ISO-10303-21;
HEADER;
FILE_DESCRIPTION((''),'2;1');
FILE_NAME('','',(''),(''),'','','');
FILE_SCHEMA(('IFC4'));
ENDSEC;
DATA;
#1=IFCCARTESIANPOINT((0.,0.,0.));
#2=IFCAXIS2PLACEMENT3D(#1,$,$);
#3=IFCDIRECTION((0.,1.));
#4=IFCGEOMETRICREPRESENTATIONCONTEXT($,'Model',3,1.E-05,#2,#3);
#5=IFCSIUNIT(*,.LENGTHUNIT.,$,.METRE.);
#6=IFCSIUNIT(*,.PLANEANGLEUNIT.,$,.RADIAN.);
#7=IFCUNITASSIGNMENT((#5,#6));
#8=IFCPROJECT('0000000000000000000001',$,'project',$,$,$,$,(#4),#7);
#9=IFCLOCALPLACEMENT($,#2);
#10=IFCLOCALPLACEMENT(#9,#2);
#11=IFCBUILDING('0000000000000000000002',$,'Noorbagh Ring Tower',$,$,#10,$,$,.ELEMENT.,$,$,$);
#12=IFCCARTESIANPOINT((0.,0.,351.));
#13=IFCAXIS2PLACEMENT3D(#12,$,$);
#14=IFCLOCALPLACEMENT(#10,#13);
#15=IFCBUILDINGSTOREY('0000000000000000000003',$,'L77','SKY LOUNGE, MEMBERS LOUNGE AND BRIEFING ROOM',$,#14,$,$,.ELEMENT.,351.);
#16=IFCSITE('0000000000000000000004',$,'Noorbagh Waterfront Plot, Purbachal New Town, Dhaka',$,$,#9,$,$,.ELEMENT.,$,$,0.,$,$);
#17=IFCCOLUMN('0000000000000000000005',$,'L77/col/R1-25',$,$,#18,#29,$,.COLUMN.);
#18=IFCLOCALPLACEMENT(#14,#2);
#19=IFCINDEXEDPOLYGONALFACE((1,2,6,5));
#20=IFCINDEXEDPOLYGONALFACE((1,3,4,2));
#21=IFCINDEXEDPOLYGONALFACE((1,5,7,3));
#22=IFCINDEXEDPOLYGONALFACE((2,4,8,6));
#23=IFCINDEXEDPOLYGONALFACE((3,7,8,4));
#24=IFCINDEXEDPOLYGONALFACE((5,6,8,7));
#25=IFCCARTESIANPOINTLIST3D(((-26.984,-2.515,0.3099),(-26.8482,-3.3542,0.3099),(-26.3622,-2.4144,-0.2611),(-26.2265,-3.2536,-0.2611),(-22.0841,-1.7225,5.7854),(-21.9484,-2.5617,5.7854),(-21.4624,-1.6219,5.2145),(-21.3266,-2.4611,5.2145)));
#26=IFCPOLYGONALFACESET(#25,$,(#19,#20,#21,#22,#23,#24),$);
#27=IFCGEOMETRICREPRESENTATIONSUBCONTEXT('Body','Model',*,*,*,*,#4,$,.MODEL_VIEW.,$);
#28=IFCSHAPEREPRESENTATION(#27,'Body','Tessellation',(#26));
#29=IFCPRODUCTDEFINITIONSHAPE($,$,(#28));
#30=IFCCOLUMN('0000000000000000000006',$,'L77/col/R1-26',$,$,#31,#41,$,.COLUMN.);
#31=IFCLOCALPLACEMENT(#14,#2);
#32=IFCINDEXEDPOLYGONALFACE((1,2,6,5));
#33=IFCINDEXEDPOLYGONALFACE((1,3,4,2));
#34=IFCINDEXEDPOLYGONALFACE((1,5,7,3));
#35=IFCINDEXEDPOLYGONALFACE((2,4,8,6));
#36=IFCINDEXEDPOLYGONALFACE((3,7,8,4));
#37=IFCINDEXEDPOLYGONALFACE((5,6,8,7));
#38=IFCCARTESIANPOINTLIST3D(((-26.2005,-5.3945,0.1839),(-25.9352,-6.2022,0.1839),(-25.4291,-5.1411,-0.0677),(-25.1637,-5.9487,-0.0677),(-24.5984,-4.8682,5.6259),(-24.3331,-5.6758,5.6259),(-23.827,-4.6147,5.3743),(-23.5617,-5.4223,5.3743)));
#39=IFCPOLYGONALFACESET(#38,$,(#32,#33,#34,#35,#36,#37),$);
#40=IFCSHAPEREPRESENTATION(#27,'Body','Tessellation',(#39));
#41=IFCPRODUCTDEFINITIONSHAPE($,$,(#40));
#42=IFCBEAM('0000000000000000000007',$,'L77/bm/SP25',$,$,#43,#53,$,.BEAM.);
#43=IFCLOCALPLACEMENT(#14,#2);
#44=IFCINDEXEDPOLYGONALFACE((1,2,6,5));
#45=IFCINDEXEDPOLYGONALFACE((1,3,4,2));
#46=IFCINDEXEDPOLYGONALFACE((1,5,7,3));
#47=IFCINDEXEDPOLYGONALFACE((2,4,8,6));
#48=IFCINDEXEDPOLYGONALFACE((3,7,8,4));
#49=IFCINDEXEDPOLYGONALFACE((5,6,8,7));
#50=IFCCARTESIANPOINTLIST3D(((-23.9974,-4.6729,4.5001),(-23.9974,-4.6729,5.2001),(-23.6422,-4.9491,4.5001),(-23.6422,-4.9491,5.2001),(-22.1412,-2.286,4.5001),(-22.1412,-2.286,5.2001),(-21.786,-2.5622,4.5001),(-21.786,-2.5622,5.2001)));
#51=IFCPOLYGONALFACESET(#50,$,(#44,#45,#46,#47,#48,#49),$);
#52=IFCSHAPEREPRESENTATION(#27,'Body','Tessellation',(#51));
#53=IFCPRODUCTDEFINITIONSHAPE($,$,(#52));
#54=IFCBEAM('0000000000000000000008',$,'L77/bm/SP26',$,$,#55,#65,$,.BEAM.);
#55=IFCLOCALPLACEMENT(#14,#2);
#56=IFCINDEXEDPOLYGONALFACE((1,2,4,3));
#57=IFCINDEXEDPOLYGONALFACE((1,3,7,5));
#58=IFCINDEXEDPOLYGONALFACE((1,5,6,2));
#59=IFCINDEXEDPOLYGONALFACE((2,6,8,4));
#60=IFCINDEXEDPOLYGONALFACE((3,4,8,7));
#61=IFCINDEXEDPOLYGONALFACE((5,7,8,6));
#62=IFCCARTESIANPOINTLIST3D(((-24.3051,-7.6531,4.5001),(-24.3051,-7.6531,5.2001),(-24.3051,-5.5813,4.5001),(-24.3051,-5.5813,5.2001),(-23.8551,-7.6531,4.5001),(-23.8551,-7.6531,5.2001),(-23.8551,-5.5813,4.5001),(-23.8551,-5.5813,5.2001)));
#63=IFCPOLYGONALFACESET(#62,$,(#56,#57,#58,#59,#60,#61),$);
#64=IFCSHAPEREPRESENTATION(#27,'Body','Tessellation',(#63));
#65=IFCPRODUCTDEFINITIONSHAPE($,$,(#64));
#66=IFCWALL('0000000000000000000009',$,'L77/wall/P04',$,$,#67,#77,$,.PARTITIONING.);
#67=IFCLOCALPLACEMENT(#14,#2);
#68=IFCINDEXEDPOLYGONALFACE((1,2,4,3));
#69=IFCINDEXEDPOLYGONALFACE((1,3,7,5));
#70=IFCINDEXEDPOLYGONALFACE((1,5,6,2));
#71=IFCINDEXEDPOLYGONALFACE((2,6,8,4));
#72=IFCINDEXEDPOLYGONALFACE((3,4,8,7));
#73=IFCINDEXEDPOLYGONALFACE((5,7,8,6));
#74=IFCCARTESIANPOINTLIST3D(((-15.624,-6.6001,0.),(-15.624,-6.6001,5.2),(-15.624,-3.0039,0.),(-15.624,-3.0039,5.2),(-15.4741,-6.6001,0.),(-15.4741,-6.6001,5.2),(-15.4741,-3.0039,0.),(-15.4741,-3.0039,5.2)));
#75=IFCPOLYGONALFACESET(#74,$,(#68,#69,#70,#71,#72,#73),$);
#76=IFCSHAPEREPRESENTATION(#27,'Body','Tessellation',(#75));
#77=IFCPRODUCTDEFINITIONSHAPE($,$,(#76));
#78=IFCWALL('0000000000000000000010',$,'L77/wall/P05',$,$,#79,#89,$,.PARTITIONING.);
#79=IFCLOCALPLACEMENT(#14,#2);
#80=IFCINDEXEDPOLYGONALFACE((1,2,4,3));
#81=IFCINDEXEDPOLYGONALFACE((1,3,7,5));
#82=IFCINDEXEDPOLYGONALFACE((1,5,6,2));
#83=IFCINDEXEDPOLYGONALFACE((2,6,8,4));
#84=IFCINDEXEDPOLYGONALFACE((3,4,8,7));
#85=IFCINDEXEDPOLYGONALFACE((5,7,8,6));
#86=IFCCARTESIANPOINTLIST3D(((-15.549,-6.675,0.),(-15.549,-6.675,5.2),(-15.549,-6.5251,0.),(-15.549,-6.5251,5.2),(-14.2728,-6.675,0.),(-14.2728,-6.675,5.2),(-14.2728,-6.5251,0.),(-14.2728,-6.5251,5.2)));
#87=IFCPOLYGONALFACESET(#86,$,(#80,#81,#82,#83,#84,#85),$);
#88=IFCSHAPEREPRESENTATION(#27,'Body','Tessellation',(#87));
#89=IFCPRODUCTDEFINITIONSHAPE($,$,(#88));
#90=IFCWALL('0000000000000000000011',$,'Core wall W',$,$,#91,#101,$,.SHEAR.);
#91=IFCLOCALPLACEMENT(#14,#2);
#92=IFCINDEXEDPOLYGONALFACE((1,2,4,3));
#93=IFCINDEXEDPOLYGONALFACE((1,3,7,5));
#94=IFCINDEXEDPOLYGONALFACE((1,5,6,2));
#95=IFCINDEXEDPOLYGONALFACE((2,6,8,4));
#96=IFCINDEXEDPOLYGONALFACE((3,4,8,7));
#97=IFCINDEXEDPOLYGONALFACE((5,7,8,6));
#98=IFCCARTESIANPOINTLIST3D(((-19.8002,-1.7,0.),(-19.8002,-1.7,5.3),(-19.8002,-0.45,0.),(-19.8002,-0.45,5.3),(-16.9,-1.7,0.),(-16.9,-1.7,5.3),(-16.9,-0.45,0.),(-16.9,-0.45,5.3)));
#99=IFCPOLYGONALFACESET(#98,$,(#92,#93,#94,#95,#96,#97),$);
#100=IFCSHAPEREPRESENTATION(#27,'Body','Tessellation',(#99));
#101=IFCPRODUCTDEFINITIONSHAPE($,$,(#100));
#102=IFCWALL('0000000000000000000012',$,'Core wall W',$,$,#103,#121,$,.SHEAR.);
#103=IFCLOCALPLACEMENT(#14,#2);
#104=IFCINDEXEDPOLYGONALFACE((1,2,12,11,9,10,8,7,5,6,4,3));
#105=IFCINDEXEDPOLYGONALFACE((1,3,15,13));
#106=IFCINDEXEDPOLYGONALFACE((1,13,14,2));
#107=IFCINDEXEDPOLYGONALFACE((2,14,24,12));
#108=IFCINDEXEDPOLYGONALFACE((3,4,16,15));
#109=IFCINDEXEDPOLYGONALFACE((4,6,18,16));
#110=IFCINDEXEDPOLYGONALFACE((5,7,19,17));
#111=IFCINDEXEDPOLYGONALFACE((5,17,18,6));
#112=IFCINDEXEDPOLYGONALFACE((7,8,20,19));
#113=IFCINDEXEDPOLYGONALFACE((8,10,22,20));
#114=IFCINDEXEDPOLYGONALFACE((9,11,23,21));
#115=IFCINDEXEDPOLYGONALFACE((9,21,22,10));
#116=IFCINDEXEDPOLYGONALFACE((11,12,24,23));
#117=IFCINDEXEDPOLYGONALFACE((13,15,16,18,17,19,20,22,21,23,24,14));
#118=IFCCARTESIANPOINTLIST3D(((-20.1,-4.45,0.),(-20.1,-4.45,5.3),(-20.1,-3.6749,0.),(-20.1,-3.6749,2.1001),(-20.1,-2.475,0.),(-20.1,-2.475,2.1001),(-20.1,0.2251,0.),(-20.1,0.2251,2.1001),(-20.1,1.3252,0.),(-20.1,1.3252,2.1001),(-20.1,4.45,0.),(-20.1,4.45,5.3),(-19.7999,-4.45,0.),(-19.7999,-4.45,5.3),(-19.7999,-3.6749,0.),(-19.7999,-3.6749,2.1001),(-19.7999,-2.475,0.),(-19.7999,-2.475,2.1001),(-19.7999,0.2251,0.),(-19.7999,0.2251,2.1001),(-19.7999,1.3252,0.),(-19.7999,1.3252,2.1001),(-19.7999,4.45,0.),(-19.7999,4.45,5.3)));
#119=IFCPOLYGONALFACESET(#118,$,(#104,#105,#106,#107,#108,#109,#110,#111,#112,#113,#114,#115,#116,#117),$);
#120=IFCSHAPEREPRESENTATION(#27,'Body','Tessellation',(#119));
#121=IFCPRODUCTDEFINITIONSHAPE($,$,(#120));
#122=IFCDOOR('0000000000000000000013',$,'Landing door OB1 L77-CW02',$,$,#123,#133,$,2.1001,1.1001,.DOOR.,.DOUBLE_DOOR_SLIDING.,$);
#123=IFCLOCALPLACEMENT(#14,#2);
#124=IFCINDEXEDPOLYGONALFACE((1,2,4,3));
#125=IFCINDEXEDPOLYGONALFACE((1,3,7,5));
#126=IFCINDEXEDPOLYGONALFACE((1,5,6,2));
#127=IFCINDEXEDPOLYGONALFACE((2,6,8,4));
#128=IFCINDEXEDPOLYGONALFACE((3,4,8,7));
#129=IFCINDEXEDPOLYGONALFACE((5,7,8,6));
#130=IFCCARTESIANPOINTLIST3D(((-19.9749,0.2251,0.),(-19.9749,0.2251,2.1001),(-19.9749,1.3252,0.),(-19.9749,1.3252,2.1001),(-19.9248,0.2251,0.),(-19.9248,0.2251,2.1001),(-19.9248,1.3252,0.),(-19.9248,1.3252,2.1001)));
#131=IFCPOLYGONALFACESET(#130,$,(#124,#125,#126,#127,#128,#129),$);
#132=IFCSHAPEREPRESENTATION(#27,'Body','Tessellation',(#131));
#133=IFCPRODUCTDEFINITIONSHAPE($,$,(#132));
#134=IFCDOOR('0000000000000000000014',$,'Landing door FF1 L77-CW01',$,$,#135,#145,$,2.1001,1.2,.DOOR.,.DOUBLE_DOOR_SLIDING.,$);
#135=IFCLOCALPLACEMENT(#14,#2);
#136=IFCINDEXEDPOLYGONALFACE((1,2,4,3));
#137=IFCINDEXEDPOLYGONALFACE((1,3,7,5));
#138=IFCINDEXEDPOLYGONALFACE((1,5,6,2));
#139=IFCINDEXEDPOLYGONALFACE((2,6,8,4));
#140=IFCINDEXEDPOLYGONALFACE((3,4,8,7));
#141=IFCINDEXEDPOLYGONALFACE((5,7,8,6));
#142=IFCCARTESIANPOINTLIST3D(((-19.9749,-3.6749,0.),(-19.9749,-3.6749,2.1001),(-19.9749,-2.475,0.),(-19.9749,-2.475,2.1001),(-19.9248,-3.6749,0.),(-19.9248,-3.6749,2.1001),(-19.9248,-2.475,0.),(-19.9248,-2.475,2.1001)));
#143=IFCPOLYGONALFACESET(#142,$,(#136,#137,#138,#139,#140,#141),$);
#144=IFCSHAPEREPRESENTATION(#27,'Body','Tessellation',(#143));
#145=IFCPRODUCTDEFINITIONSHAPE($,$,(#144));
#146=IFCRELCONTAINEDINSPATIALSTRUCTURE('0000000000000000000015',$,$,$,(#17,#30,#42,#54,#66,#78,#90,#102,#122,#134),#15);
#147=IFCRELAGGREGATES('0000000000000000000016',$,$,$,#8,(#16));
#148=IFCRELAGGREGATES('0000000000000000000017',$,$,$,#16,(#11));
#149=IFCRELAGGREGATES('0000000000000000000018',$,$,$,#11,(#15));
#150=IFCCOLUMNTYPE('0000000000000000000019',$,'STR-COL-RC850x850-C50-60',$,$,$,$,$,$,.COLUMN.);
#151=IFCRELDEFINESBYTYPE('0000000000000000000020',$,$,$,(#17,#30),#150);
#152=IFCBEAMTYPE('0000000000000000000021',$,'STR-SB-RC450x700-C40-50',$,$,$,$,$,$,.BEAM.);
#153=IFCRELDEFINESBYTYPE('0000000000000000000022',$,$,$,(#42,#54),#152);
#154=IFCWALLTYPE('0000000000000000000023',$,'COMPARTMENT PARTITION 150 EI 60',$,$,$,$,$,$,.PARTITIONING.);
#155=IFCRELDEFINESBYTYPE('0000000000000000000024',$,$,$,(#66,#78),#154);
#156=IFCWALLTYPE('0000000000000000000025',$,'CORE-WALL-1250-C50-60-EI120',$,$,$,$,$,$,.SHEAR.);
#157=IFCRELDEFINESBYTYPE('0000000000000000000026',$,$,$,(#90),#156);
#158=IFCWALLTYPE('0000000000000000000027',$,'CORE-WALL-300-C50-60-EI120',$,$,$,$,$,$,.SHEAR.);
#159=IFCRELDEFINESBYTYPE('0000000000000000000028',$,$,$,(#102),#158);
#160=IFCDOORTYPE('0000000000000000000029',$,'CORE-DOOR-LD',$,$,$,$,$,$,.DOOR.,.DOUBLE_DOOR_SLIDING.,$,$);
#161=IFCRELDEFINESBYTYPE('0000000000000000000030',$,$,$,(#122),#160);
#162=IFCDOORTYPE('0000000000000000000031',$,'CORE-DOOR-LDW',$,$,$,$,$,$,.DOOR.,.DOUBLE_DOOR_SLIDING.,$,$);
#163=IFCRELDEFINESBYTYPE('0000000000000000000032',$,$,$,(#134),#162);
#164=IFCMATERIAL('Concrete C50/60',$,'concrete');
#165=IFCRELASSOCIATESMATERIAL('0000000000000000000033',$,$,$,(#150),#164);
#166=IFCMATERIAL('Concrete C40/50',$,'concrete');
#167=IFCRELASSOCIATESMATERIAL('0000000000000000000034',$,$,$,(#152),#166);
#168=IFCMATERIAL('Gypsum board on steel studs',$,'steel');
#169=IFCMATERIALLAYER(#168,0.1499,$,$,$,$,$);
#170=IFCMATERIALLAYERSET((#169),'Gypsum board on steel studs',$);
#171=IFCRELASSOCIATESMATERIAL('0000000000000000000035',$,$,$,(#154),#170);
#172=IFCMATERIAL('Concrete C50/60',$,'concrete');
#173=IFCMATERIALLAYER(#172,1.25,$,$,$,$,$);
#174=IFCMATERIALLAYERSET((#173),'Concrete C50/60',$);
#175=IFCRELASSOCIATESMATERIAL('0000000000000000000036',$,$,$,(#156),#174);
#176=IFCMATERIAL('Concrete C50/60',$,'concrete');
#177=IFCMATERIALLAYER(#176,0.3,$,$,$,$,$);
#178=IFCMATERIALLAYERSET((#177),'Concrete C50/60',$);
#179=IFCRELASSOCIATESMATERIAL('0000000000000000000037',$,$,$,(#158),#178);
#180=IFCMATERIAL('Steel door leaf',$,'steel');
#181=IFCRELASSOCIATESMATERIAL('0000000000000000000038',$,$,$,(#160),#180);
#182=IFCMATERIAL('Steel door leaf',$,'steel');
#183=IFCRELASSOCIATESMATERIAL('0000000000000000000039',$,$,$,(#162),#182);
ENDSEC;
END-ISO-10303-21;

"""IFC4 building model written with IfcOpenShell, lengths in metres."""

from ifc_helpers import new_model, si_unit, direction, frame, frame_2d, origin, origin_2d, place, context, subcontext, project, spatial, rectangle, extrude, material, layer, layer_set, material_profile, profile_set, type_object, element, fill, save


model = new_model("IFC4")

# Units and contexts
model_context = context("Model", 3, precision=1e-05, world=origin(), true_north=direction((0.0, 1.0)))
body_context = subcontext(model_context, "Body", "Model", "MODEL_VIEW")
ifc_project = project(units=[si_unit("LENGTHUNIT", "METRE"), si_unit("PLANEANGLEUNIT", "RADIAN")], contexts=[model_context])

# Site, building, storey
site_placement = place(None, origin())
site = spatial("IfcSite", under=ifc_project, at=site_placement, Name="Noorbagh Waterfront Plot, Purbachal New Town, Dhaka", CompositionType="ELEMENT", RefElevation=0.0)
building_placement = place(site_placement, origin())
building = spatial("IfcBuilding", under=site, at=building_placement, Name="Noorbagh Ring Tower", CompositionType="ELEMENT")
storey_placement = place(building_placement, frame((0.0, 0.0, 351.0)))
storey = spatial("IfcBuildingStorey", under=building, at=storey_placement, Name="L77", Description="SKY LOUNGE, MEMBERS LOUNGE AND BRIEFING ROOM", CompositionType="ELEMENT", Elevation=351.0)

# Columns
ifc_material_1 = material(Name="Concrete C50/60", Category="concrete")
ifc_material_profile_1 = material_profile(ifc_material_1, rectangle(XDim=0.8501, YDim=0.8501, at=origin_2d()), Name="RC850x850")
ifc_profile_set_1 = profile_set([ifc_material_profile_1], Name="Concrete C50/60")
column_type = type_object("IfcColumnType", Name="STR-COL-RC850x850-C50-60", PredefinedType="COLUMN", material=ifc_profile_set_1)
column_1_placement = place(storey_placement, frame((-26.6052, -2.8843, 0.0244), z_axis=(0.663002, 0.10723, 0.740898), x_axis=(-0.159659, 0.987172, 0.0)))
element("IfcColumn", 1, at=column_1_placement, inside=storey, type_object=column_type, Name="L77/col/R1-25", PredefinedType="COLUMN", context=body_context, shape_type="SweptSolid", body=[
    extrude(rectangle(XDim=0.8501, YDim=0.8501, at=origin_2d()), origin(), (0.0, 0.0, 1.0), 7.3904),
])
column_2_placement = place(storey_placement, frame((-25.6821, -5.6716, 0.0581), z_axis=(0.281201, 0.092391, 0.955191), x_axis=(-0.312142, 0.950035, 0.0)))
element("IfcColumn", 2, at=column_2_placement, inside=storey, type_object=column_type, Name="L77/col/R1-26", PredefinedType="COLUMN", context=body_context, shape_type="SweptSolid", body=[
    extrude(rectangle(XDim=0.8501, YDim=0.8501, at=origin_2d()), origin(), (0.0, 0.0, 1.0), 5.6973),
])

# Beams
ifc_material_2 = material(Name="Concrete C40/50", Category="concrete")
ifc_material_profile_2 = material_profile(ifc_material_2, rectangle(XDim=0.45, YDim=0.7, at=origin_2d()), Name="RC450x700")
ifc_profile_set_2 = profile_set([ifc_material_profile_2], Name="Concrete C40/50")
beam_type = type_object("IfcBeamType", Name="STR-SB-RC450x700-C40-50", PredefinedType="BEAM", material=ifc_profile_set_2)
beam_1_placement = place(storey_placement, frame((-21.9636, -2.4241, 4.8501), z_axis=(-0.613874, -0.789404, 0.0), x_axis=(0.789404, -0.613874, 0.0)))
element("IfcBeam", 3, at=beam_1_placement, inside=storey, type_object=beam_type, Name="L77/bm/SP25", PredefinedType="BEAM", context=body_context, shape_type="SweptSolid", body=[
    extrude(rectangle(XDim=0.45, YDim=0.7, at=origin_2d()), origin(), (0.0, 0.0, 1.0), 3.0237),
])
beam_2_placement = place(storey_placement, frame((-24.0801, -5.5813, 4.8501), z_axis=(0.0, -1.0, 0.0), x_axis=(1.0, 0.0, 0.0)))
element("IfcBeam", 4, at=beam_2_placement, inside=storey, type_object=beam_type, Name="L77/bm/SP26", PredefinedType="BEAM", context=body_context, shape_type="SweptSolid", body=[
    extrude(rectangle(XDim=0.45, YDim=0.7, at=origin_2d()), origin(), (0.0, 0.0, 1.0), 2.0718),
])

# Walls
ifc_material_3 = material(Name="Gypsum board on steel studs", Category="steel")
ifc_layer_1 = layer(ifc_material_3, 0.1499)
ifc_layer_set_1 = layer_set([ifc_layer_1], Name="Gypsum board on steel studs")
wall_type_1 = type_object("IfcWallType", Name="COMPARTMENT PARTITION 150 EI 60", PredefinedType="PARTITIONING", material=ifc_layer_set_1)
wall_1_placement = place(storey_placement, frame((-15.5491, -6.6001, 0.0), z_axis=(0.0, 0.0, 1.0), x_axis=(0.0, 1.0, 0.0)))
element("IfcWall", 5, at=wall_1_placement, inside=storey, type_object=wall_type_1, Name="L77/wall/P04", PredefinedType="PARTITIONING", context=body_context, shape_type="SweptSolid", body=[
    extrude(rectangle(XDim=3.5962, YDim=0.1499, at=frame_2d((1.7981, 0.0))), origin(), (0.0, 0.0, 1.0), 5.2),
])
wall_2_placement = place(storey_placement, frame((-15.5491, -6.6001, 0.0), z_axis=(0.0, 0.0, 1.0), x_axis=(1.0, 0.0, 0.0)))
element("IfcWall", 6, at=wall_2_placement, inside=storey, type_object=wall_type_1, Name="L77/wall/P05", PredefinedType="PARTITIONING", context=body_context, shape_type="SweptSolid", body=[
    extrude(rectangle(XDim=1.2761, YDim=0.1499, at=frame_2d((0.6382, 0.0))), origin(), (0.0, 0.0, 1.0), 5.2),
])
ifc_material_4 = material(Name="Concrete C50/60", Category="concrete")
ifc_layer_2 = layer(ifc_material_4, 1.25)
ifc_layer_set_2 = layer_set([ifc_layer_2], Name="Concrete C50/60")
wall_type_2 = type_object("IfcWallType", Name="CORE-WALL-1250-C50-60-EI120", PredefinedType="SHEAR", material=ifc_layer_set_2)
wall_3_placement = place(storey_placement, frame((-16.8999, -1.075, 0.0), z_axis=(0.0, 0.0, 1.0), x_axis=(-1.0, 0.0, 0.0)))
element("IfcWall", 7, at=wall_3_placement, inside=storey, type_object=wall_type_2, Name="Core wall W", PredefinedType="SHEAR", context=body_context, shape_type="SweptSolid", body=[
    extrude(rectangle(XDim=2.9001, YDim=1.25, at=frame_2d((1.4502, 0.0))), origin(), (0.0, 0.0, 1.0), 5.3),
])

# Wall, openings, doors
ifc_material_5 = material(Name="Concrete C50/60", Category="concrete")
ifc_layer_3 = layer(ifc_material_5, 0.3)
ifc_layer_set_3 = layer_set([ifc_layer_3], Name="Concrete C50/60")
wall_type_3 = type_object("IfcWallType", Name="CORE-WALL-300-C50-60-EI120", PredefinedType="SHEAR", material=ifc_layer_set_3)
wall_4_placement = place(storey_placement, frame((-19.95, -4.45, 0.0), z_axis=(0.0, 0.0, 1.0), x_axis=(0.0, 1.0, 0.0)))
wall_4 = element("IfcWall", 8, at=wall_4_placement, inside=storey, type_object=wall_type_3, Name="Core wall W", PredefinedType="SHEAR", context=body_context, shape_type="SweptSolid", body=[
    extrude(rectangle(XDim=8.8999, YDim=0.3, at=frame_2d((4.45, 0.0))), origin(), (0.0, 0.0, 1.0), 5.3),
])
opening_1_placement = place(wall_4_placement, frame((0.7749, 0.0, 0.0)))
opening_1 = element("IfcOpeningElement", 9, at=opening_1_placement, cuts=wall_4, PredefinedType="OPENING", context=body_context, shape_type="SweptSolid", body=[
    extrude(rectangle(XDim=1.2, YDim=2.1001, at=frame_2d((0.6001, 1.05))), frame((0.0, 0.1602, 0.0), z_axis=(0.0, -1.0, 0.0), x_axis=(1.0, 0.0, 0.0)), (0.0, 0.0, 1.0), 0.3201),
])
opening_2_placement = place(wall_4_placement, frame((4.675, 0.0, 0.0)))
opening_2 = element("IfcOpeningElement", 10, at=opening_2_placement, cuts=wall_4, PredefinedType="OPENING", context=body_context, shape_type="SweptSolid", body=[
    extrude(rectangle(XDim=1.1001, YDim=2.1001, at=frame_2d((0.55, 1.05))), frame((0.0, 0.1602, 0.0), z_axis=(0.0, -1.0, 0.0), x_axis=(1.0, 0.0, 0.0)), (0.0, 0.0, 1.0), 0.3201),
])
ifc_material_6 = material(Name="Steel door leaf", Category="steel")
door_type_1 = type_object("IfcDoorType", Name="CORE-DOOR-LD", OperationType="DOUBLE_DOOR_SLIDING", PredefinedType="DOOR", material=ifc_material_6)
door_1_placement = place(opening_2_placement, origin())
door_1 = element("IfcDoor", 11, at=door_1_placement, inside=storey, type_object=door_type_1, Name="Landing door OB1 L77-CW02", OperationType="DOUBLE_DOOR_SLIDING", OverallHeight=2.1001, OverallWidth=1.1001, PredefinedType="DOOR", context=body_context, shape_type="SweptSolid", body=[
    extrude(rectangle(XDim=1.1001, YDim=2.1001, at=frame_2d((0.55, 1.05))), frame((0.0, 0.0249, 0.0), z_axis=(0.0, -1.0, 0.0), x_axis=(1.0, 0.0, 0.0)), (0.0, 0.0, 1.0), 0.05),
])
fill(opening_2, door_1)
ifc_material_7 = material(Name="Steel door leaf", Category="steel")
door_type_2 = type_object("IfcDoorType", Name="CORE-DOOR-LDW", OperationType="DOUBLE_DOOR_SLIDING", PredefinedType="DOOR", material=ifc_material_7)
door_2_placement = place(opening_1_placement, origin())
door_2 = element("IfcDoor", 12, at=door_2_placement, inside=storey, type_object=door_type_2, Name="Landing door FF1 L77-CW01", OperationType="DOUBLE_DOOR_SLIDING", OverallHeight=2.1001, OverallWidth=1.2, PredefinedType="DOOR", context=body_context, shape_type="SweptSolid", body=[
    extrude(rectangle(XDim=1.2, YDim=2.1001, at=frame_2d((0.6001, 1.05))), frame((0.0, 0.0249, 0.0), z_axis=(0.0, -1.0, 0.0), x_axis=(1.0, 0.0, 0.0)), (0.0, 0.0, 1.0), 0.05),
])
fill(opening_1, door_2)

save(model, "model.ifc")
